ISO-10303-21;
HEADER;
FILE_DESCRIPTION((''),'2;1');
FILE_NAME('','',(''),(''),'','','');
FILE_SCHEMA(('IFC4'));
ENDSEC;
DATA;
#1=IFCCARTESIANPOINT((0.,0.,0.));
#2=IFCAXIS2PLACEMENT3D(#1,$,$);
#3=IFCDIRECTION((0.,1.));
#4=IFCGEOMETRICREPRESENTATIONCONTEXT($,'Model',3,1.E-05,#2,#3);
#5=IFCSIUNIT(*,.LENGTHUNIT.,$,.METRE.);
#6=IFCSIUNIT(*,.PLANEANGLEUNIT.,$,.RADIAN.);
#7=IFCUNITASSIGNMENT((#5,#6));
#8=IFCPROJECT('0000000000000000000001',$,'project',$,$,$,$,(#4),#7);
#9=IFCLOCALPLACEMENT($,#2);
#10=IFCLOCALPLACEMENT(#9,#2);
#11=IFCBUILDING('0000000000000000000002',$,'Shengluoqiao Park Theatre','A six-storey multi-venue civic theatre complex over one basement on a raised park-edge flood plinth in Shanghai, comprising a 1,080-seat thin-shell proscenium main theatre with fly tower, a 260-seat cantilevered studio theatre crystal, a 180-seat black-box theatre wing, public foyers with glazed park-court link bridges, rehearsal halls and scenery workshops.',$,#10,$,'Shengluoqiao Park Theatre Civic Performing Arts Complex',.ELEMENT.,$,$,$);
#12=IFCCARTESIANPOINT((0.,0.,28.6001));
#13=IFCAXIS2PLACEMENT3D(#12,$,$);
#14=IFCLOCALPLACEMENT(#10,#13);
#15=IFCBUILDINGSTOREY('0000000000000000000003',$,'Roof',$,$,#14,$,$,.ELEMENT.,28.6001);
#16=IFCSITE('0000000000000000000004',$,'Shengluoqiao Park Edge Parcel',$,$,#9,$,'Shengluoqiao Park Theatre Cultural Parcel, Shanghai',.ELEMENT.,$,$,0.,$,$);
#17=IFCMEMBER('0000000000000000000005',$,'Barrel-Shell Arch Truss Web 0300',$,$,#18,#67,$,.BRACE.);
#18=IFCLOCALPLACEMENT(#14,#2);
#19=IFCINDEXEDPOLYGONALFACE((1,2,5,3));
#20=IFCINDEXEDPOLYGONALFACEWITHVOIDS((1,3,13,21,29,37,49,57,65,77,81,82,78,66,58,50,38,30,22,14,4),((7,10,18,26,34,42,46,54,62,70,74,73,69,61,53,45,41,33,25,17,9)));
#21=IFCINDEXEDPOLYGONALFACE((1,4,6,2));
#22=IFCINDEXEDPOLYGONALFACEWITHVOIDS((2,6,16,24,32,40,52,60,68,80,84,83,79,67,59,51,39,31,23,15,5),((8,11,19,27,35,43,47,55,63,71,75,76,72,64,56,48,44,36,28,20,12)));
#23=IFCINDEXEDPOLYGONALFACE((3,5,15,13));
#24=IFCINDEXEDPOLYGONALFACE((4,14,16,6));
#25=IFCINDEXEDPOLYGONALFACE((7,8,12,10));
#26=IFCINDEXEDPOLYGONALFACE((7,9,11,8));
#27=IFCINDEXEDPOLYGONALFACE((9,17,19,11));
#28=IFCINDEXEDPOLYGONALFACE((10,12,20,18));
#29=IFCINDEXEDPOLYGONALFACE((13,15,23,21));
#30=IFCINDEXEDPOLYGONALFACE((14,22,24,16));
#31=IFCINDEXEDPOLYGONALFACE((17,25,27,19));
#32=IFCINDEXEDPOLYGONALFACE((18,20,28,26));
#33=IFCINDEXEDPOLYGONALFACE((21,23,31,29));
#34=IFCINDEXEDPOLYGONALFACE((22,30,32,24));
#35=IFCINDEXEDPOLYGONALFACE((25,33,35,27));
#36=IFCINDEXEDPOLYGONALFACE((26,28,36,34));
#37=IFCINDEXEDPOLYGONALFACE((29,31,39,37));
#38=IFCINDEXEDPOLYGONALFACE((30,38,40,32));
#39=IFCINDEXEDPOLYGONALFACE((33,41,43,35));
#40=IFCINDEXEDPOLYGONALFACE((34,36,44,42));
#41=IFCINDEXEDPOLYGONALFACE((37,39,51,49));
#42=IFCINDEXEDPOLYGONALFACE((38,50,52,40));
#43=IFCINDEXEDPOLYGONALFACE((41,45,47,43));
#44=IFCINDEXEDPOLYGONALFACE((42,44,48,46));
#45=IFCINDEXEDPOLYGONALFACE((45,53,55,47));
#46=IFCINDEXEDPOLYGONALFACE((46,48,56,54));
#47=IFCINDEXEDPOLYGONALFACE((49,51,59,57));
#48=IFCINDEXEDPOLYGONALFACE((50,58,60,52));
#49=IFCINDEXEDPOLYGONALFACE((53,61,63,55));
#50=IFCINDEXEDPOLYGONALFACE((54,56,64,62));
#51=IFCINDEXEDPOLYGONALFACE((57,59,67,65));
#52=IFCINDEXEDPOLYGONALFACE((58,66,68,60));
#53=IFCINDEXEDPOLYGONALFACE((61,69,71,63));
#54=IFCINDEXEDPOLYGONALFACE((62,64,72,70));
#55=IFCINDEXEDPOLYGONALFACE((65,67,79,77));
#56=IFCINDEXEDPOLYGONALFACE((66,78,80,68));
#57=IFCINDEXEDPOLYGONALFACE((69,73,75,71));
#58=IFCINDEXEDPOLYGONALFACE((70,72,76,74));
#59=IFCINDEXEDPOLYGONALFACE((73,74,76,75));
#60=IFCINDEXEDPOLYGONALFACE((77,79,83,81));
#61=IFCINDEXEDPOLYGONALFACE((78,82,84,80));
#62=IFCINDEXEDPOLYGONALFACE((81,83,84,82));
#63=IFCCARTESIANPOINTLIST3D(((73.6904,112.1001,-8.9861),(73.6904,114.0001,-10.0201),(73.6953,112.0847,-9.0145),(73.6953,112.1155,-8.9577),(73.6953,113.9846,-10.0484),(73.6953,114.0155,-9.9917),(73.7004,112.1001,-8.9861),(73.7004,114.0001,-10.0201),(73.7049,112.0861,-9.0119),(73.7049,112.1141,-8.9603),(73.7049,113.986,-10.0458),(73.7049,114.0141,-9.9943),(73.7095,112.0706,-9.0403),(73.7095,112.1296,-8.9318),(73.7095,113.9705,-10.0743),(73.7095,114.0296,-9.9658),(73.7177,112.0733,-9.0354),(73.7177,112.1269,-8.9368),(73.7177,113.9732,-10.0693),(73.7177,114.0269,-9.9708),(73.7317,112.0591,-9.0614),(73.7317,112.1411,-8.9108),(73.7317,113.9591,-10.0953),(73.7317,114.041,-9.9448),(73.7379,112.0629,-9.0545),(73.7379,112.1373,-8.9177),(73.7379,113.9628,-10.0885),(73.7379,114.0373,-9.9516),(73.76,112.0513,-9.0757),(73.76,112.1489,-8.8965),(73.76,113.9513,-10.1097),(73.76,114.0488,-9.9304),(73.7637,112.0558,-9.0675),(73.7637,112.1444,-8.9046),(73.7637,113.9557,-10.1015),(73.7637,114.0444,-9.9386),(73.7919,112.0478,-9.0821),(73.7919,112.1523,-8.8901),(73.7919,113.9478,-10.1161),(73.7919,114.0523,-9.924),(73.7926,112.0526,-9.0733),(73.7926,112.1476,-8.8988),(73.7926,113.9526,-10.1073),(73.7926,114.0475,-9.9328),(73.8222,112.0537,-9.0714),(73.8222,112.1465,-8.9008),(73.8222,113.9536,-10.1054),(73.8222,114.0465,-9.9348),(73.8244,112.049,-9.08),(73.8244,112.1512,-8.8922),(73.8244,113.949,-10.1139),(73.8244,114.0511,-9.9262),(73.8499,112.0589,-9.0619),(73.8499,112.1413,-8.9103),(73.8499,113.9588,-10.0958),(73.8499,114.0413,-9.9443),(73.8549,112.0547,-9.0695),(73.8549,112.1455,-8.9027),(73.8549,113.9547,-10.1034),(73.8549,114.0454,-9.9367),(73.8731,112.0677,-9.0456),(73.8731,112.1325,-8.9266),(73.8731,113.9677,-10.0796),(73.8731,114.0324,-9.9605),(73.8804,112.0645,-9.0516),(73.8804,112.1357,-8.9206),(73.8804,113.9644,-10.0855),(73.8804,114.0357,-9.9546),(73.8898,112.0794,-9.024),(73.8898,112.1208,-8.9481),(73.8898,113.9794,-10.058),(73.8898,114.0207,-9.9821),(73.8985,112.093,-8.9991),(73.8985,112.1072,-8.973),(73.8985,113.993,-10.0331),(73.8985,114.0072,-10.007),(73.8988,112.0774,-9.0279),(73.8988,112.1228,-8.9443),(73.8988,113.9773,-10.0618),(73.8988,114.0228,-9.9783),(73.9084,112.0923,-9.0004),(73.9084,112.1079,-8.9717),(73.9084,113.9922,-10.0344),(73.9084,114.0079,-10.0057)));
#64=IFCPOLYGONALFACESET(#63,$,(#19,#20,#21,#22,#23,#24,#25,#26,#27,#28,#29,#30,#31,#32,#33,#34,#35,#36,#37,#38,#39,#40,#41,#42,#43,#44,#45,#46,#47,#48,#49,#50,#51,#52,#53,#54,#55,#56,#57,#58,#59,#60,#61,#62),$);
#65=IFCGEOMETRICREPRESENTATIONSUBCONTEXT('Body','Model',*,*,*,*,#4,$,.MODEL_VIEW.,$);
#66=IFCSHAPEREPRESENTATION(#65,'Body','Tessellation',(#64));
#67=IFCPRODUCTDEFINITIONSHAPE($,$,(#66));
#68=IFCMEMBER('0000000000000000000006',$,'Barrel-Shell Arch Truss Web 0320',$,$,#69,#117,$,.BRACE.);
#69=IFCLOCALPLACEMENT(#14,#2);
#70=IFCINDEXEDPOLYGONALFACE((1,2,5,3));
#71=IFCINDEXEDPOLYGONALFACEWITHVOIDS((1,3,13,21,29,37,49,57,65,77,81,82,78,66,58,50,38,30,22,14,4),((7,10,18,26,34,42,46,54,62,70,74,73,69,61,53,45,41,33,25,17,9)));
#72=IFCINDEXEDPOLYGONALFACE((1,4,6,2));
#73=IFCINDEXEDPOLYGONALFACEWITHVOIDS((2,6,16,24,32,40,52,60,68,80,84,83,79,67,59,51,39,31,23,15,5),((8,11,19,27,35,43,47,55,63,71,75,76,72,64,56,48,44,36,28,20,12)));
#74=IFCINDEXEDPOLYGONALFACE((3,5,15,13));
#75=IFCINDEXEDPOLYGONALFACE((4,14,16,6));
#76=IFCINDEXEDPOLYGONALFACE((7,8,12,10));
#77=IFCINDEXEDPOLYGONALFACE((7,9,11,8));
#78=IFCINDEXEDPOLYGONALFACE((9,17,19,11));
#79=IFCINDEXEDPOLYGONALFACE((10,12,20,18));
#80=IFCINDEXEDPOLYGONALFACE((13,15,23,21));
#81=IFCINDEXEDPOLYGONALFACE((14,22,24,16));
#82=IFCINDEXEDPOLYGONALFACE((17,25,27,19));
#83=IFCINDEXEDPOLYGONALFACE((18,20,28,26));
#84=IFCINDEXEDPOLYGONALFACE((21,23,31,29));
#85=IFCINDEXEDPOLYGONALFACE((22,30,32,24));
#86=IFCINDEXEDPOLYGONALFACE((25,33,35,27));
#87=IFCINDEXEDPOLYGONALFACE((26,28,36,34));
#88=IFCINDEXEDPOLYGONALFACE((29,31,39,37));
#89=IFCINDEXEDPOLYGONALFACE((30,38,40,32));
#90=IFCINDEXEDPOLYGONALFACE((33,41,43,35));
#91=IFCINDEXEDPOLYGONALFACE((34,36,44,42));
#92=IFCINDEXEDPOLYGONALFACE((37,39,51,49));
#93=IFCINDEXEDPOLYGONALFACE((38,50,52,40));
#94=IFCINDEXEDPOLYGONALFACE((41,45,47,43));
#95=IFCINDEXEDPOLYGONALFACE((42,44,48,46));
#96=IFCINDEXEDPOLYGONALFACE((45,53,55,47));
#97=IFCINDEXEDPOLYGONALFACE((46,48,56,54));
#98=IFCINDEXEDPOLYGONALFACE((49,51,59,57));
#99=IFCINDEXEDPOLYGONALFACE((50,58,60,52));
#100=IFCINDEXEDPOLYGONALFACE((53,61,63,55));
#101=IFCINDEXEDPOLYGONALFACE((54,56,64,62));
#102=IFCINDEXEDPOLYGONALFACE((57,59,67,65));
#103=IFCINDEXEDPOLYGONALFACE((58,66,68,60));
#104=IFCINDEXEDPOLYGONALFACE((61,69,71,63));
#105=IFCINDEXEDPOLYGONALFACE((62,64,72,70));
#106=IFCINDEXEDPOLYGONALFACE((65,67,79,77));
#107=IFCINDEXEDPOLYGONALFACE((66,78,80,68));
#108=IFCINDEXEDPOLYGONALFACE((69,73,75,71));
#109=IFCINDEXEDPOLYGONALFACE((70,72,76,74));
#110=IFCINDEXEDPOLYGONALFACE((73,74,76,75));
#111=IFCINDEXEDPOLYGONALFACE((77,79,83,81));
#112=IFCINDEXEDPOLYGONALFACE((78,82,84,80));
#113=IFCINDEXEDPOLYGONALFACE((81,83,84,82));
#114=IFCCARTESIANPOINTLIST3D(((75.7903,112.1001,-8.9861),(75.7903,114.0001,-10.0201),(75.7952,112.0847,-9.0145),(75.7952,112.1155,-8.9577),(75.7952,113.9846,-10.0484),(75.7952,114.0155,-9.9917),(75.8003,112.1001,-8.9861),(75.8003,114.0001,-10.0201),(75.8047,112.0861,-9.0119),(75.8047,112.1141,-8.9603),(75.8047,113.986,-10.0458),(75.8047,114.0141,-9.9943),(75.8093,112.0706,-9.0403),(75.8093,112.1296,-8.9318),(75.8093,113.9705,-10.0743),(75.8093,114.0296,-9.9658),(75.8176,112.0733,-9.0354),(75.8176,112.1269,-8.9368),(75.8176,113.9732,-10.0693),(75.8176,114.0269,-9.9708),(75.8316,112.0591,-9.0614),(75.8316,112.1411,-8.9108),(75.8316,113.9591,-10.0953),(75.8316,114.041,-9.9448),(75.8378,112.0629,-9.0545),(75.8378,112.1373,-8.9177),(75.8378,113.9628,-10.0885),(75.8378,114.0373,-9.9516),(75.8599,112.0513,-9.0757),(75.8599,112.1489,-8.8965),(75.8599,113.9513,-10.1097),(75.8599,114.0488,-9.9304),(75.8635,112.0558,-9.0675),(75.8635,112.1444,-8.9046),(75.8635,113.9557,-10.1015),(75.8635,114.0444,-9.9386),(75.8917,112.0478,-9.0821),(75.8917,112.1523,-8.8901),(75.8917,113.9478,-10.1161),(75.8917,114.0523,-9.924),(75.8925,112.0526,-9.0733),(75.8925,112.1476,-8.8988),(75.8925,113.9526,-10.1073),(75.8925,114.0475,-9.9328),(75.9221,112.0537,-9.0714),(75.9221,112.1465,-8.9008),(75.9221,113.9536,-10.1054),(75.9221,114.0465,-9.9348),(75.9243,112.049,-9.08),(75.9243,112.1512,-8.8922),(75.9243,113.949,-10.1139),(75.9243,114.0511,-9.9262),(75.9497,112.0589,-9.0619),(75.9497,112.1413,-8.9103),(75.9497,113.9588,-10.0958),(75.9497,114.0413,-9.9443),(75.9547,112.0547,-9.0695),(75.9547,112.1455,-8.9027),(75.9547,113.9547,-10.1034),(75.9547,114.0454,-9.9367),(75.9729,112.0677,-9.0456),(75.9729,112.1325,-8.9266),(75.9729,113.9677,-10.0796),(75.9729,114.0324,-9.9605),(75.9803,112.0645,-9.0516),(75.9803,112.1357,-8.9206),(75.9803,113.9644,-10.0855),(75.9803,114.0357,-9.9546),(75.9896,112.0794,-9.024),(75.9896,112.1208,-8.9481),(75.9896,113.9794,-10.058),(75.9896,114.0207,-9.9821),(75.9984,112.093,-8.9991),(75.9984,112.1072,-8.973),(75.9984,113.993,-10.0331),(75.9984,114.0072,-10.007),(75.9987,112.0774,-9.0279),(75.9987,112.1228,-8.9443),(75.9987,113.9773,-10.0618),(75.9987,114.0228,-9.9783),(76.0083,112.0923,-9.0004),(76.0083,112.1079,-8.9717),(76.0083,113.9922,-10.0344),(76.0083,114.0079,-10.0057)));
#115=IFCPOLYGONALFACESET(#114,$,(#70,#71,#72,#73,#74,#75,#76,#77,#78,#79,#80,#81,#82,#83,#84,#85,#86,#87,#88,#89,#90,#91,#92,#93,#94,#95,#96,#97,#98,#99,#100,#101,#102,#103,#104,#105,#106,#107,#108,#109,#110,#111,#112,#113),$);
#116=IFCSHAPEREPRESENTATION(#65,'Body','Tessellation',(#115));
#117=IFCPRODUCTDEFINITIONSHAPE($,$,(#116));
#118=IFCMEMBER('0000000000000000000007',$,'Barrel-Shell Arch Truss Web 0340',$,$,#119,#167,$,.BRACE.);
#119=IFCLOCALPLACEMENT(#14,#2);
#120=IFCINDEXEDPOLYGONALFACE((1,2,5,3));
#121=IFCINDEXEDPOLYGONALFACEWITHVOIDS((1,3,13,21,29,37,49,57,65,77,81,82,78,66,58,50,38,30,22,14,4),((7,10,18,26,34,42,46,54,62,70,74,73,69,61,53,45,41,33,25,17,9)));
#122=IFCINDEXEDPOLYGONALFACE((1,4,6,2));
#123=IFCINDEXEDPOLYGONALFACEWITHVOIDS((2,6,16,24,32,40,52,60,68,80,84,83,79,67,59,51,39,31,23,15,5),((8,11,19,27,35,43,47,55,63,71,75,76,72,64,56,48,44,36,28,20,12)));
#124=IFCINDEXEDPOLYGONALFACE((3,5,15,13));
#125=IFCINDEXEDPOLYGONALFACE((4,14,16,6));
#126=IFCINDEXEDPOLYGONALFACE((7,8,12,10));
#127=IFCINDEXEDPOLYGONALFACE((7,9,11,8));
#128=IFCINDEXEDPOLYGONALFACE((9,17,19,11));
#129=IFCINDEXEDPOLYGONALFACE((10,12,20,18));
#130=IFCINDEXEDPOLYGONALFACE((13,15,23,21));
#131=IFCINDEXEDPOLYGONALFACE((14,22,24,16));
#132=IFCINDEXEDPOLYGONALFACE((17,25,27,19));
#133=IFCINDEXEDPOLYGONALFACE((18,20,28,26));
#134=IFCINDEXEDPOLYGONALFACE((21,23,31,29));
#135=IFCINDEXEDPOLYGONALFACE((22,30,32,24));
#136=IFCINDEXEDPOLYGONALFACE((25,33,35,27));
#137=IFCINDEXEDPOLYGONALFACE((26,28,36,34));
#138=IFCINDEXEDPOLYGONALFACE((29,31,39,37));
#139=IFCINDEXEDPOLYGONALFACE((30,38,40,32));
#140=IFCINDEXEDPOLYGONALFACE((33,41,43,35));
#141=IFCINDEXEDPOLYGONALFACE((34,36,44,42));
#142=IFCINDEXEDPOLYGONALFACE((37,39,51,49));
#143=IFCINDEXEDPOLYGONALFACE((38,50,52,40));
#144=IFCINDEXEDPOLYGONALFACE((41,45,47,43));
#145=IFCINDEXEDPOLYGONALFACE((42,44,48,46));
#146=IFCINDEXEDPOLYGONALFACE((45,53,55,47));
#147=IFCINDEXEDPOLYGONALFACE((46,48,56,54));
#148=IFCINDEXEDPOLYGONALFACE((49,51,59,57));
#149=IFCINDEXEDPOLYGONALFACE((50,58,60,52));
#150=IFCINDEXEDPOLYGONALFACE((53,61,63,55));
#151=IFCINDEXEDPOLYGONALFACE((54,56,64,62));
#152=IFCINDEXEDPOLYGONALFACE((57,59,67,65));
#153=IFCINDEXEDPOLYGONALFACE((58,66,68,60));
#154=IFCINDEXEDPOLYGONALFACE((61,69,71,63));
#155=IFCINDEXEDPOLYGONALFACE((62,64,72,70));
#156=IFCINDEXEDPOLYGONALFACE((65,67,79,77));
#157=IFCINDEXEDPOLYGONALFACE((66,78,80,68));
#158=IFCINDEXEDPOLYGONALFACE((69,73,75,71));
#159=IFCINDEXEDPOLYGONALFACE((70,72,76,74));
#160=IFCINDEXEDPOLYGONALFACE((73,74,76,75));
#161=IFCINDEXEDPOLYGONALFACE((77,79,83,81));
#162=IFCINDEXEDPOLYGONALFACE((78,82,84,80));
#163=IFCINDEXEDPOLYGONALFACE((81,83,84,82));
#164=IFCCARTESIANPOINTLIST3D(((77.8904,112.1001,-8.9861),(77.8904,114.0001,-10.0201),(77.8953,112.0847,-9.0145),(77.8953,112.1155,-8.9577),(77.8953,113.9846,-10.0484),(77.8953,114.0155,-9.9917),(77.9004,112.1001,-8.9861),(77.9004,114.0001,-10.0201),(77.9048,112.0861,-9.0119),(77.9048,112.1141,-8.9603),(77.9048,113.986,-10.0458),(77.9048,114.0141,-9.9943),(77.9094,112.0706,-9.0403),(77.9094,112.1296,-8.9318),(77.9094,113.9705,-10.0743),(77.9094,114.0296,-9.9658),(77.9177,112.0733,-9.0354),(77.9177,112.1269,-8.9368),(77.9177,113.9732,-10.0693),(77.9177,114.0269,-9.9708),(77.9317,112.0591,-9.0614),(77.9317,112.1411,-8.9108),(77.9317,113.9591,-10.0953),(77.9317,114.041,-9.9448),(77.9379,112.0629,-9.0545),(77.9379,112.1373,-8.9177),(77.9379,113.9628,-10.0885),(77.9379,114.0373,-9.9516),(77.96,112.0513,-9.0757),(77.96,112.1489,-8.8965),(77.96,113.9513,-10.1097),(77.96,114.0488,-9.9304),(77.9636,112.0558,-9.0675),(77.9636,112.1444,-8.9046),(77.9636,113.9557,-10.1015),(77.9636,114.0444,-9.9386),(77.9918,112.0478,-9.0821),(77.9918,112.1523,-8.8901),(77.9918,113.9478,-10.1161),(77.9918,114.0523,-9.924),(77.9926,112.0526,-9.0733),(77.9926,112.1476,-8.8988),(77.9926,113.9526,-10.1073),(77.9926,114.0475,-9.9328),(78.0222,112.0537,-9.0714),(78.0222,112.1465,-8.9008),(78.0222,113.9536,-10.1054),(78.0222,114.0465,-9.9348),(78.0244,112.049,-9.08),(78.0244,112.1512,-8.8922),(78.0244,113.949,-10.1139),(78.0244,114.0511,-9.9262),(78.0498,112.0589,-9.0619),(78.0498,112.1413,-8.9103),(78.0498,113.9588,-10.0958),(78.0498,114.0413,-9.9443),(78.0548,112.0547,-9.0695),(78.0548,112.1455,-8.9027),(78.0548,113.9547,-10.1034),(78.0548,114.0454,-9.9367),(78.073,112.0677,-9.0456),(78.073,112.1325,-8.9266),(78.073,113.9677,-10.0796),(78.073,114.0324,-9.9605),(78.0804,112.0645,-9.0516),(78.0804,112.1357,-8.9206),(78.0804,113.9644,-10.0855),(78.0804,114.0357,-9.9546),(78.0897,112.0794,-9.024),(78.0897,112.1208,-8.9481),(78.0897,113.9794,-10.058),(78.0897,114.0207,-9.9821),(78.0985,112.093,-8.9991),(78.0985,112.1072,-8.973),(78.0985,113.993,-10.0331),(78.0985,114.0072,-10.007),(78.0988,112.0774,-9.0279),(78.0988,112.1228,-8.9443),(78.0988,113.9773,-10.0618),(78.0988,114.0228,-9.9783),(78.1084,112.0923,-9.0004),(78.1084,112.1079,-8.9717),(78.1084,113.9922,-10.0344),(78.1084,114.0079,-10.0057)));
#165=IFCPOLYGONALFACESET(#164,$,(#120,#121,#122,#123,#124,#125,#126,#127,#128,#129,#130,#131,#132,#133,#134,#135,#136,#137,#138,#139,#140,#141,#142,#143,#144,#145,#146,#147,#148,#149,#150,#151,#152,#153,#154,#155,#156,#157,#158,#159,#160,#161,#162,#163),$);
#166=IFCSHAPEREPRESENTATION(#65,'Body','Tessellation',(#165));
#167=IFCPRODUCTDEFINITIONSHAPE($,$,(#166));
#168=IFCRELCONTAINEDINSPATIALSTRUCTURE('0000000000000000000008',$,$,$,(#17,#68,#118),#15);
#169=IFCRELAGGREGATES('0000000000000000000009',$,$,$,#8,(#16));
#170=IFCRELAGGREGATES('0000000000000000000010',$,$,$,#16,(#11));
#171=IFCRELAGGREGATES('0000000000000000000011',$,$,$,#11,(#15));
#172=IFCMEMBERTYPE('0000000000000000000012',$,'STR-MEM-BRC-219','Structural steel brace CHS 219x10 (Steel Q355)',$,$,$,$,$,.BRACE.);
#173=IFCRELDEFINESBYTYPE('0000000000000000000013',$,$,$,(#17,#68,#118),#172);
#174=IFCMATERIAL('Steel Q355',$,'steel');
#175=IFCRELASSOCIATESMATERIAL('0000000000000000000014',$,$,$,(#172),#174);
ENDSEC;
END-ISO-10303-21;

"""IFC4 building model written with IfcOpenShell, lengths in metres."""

from ifc_helpers import new_model, si_unit, direction, frame, origin, origin_2d, place, context, subcontext, project, spatial, hollow_circle, extrude, material, material_profile, profile_set, type_object, element, save


model = new_model("IFC4")

# Units and contexts
model_context = context("Model", 3, precision=1e-05, world=origin(), true_north=direction((0.0, 1.0)))
body_context = subcontext(model_context, "Body", "Model", "MODEL_VIEW")
ifc_project = project(units=[si_unit("LENGTHUNIT", "METRE"), si_unit("PLANEANGLEUNIT", "RADIAN")], contexts=[model_context])

# Site, building, storey
site_placement = place(None, origin())
site = spatial("IfcSite", under=ifc_project, at=site_placement, Name="Shengluoqiao Park Edge Parcel", LongName="Shengluoqiao Park Theatre Cultural Parcel, Shanghai", CompositionType="ELEMENT", RefElevation=0.0)
building_placement = place(site_placement, origin())
building = spatial("IfcBuilding", under=site, at=building_placement, Name="Shengluoqiao Park Theatre", Description="A six-storey multi-venue civic theatre complex over one basement on a raised park-edge flood plinth in Shanghai, comprising a 1,080-seat thin-shell proscenium main theatre with fly tower, a 260-seat cantilevered studio theatre crystal, a 180-seat black-box theatre wing, public foyers with glazed park-court link bridges, rehearsal halls and scenery workshops.", LongName="Shengluoqiao Park Theatre Civic Performing Arts Complex", CompositionType="ELEMENT")
storey_placement = place(building_placement, frame((0.0, 0.0, 28.6001)))
storey = spatial("IfcBuildingStorey", under=building, at=storey_placement, Name="Roof", CompositionType="ELEMENT", Elevation=28.6001)

# Shared definitions
ifc_material_1 = material(Name="Steel Q355", Category="steel")

# Members
ifc_material_profile_1 = material_profile(ifc_material_1, hollow_circle(Radius=0.1096, WallThickness=0.01, at=origin_2d()), Name="CHS 219x10")
ifc_profile_set_1 = profile_set([ifc_material_profile_1], Name="Steel Q355")
member_type_1 = type_object("IfcMemberType", Name="STR-MEM-BRC-219", Description="Structural steel brace CHS 219x10 (Steel Q355)", PredefinedType="BRACE", material=ifc_profile_set_1)
for number, where, z_axis, x_axis, name in (
    (1, (73.8, 112.1001, -8.9861), (0.0, 0.878357, -0.478006), (-1.0, 0.0, 0.0), "Barrel-Shell Arch Truss Web 0300"),
    (2, (75.8999, 112.1001, -8.9861), (0.0, 0.878357, -0.478006), (-1.0, 0.0, 0.0), "Barrel-Shell Arch Truss Web 0320"),
    (3, (78.0, 112.1001, -8.9861), (0.0, 0.878357, -0.478006), (-1.0, 0.0, 0.0), "Barrel-Shell Arch Truss Web 0340"),
):
    element("IfcMember", number, at=place(storey_placement, frame(where, z_axis=z_axis, x_axis=x_axis)), inside=storey, type_object=member_type_1, Name=name, PredefinedType="BRACE", context=body_context, shape_type="SweptSolid", body=[
        extrude(hollow_circle(Radius=0.1096, WallThickness=0.01, at=origin_2d()), origin(), (0.0, 0.0, 1.0), 2.1631),
    ])

save(model, "model.ifc")
